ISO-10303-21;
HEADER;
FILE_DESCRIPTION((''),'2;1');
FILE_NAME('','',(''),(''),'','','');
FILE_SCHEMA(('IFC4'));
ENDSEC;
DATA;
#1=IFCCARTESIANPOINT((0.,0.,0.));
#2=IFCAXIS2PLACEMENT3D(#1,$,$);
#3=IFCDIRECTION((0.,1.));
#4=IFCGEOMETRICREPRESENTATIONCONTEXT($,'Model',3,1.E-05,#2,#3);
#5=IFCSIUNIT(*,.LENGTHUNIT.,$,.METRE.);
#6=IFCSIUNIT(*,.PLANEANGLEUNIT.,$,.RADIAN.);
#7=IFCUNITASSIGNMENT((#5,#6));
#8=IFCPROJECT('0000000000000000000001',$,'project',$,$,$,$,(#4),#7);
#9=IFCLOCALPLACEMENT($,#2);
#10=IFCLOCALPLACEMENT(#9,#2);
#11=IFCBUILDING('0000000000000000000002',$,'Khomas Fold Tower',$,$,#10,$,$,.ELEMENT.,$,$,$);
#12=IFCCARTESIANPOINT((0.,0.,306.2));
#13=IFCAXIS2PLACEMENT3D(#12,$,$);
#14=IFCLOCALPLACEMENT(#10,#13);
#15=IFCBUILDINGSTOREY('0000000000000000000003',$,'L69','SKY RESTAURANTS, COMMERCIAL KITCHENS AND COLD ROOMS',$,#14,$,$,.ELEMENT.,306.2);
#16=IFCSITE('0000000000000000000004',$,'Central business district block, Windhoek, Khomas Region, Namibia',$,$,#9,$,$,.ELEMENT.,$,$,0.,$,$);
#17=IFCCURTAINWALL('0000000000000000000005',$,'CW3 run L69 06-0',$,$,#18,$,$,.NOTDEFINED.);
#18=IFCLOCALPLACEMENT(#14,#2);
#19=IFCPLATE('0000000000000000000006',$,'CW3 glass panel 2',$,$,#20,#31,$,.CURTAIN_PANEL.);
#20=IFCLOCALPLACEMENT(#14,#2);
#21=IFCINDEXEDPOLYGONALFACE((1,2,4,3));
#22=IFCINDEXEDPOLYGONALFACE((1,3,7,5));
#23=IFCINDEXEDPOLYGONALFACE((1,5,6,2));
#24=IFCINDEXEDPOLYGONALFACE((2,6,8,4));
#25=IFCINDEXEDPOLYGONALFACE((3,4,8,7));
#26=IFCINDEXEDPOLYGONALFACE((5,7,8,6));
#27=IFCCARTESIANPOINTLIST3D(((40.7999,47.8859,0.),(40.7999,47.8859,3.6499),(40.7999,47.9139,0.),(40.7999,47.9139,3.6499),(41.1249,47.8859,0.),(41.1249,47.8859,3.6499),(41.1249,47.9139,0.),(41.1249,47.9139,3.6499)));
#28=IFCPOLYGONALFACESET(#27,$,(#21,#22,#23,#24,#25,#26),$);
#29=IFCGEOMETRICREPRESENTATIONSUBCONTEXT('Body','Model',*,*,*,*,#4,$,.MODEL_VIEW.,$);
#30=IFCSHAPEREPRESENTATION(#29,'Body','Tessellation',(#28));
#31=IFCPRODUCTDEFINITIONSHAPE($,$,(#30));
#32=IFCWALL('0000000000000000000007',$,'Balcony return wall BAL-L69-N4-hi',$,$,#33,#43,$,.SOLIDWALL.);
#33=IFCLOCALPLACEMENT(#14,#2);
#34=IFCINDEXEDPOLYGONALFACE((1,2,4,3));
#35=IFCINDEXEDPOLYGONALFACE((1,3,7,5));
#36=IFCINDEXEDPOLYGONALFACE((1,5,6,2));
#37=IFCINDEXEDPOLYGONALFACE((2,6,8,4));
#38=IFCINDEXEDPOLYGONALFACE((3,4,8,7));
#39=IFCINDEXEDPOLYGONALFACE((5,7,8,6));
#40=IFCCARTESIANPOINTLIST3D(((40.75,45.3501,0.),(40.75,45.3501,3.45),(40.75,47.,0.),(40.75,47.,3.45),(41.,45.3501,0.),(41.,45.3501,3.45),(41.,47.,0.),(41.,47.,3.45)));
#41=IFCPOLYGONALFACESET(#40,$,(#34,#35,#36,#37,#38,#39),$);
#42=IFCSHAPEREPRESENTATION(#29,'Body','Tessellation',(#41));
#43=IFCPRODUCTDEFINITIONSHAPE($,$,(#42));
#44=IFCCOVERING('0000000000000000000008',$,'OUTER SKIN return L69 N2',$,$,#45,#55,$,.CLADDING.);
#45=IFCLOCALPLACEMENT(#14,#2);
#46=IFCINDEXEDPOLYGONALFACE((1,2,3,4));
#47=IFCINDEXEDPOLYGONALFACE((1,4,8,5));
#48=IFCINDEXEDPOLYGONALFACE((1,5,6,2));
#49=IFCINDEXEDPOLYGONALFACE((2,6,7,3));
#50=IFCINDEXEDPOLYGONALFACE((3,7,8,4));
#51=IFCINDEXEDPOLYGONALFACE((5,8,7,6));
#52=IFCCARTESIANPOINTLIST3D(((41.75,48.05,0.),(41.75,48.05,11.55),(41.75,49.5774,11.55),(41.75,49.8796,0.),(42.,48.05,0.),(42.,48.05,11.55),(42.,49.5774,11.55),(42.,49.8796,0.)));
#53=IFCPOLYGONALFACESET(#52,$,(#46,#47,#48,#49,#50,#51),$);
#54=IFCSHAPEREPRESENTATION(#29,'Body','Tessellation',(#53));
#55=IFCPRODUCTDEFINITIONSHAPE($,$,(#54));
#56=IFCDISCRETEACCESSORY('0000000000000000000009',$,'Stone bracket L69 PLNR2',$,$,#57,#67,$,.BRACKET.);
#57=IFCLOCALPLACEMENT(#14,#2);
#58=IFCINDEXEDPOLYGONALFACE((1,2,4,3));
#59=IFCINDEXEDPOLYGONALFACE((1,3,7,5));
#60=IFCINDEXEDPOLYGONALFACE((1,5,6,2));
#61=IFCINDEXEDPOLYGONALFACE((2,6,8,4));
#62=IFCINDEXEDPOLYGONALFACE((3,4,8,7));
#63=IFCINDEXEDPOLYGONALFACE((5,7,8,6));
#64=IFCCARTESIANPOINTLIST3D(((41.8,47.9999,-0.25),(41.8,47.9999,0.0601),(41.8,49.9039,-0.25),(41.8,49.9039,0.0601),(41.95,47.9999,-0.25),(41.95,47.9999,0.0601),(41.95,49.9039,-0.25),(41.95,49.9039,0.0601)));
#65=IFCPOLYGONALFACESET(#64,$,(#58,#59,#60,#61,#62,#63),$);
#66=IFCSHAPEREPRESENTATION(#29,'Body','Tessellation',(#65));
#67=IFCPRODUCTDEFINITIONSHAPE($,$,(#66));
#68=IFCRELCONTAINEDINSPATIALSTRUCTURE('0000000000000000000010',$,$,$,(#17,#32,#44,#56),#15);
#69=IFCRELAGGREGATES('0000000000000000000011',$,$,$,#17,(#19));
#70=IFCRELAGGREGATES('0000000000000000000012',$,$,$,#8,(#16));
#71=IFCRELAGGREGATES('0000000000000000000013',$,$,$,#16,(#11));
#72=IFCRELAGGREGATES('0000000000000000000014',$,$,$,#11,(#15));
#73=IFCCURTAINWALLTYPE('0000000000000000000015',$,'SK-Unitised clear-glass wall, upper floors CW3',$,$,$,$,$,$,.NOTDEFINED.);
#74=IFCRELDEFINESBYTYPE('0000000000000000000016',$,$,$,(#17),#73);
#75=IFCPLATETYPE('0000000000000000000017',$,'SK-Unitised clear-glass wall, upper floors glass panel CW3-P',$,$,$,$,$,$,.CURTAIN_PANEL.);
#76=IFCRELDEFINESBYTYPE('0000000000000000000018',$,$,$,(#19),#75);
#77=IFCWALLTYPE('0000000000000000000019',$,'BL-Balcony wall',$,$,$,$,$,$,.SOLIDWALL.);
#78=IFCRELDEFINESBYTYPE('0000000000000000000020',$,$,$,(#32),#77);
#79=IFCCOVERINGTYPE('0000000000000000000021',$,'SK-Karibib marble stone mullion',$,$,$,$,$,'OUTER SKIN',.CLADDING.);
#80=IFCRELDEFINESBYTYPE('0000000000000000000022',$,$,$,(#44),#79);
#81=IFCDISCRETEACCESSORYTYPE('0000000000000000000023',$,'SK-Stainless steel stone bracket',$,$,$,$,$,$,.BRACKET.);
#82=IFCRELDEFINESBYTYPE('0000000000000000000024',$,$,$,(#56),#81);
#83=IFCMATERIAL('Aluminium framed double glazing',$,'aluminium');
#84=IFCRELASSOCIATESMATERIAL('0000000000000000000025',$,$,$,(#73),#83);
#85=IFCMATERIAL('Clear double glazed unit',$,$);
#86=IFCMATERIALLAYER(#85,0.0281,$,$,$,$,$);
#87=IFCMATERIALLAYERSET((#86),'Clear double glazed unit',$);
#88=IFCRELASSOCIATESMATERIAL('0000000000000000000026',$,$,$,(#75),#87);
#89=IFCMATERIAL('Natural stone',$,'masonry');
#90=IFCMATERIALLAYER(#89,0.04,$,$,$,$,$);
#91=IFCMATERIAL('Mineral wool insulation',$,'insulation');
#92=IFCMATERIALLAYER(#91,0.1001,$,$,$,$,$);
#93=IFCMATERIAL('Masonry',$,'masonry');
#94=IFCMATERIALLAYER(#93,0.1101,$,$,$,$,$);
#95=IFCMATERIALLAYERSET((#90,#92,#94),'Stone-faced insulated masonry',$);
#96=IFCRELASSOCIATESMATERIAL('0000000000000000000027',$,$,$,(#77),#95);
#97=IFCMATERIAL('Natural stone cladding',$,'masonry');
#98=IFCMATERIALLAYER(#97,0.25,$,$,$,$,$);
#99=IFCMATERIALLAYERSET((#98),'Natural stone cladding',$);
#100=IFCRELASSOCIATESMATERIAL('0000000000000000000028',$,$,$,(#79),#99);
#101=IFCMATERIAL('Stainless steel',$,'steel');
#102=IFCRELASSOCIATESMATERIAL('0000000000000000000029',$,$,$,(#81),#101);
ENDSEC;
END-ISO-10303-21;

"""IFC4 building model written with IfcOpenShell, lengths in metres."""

from ifc_helpers import new_model, si_unit, direction, frame, frame_2d, origin, origin_2d, place, context, subcontext, project, spatial, polyline, rectangle, outline, extrude, source, transform, mapped, material, layer, layer_set, type_object, element, aggregate, save


model = new_model("IFC4")

# Units and contexts
model_context = context("Model", 3, precision=1e-05, world=origin(), true_north=direction((0.0, 1.0)))
body_context = subcontext(model_context, "Body", "Model", "MODEL_VIEW")
ifc_project = project(units=[si_unit("LENGTHUNIT", "METRE"), si_unit("PLANEANGLEUNIT", "RADIAN")], contexts=[model_context])

# Site, building, storey
site_placement = place(None, origin())
site = spatial("IfcSite", under=ifc_project, at=site_placement, Name="Central business district block, Windhoek, Khomas Region, Namibia", CompositionType="ELEMENT", RefElevation=0.0)
building_placement = place(site_placement, origin())
building = spatial("IfcBuilding", under=site, at=building_placement, Name="Khomas Fold Tower", CompositionType="ELEMENT")
storey_placement = place(building_placement, frame((0.0, 0.0, 306.2)))
storey = spatial("IfcBuildingStorey", under=building, at=storey_placement, Name="L69", Description="SKY RESTAURANTS, COMMERCIAL KITCHENS AND COLD ROOMS", CompositionType="ELEMENT", Elevation=306.2)

# Curtain wall
ifc_material_1 = material(Name="Aluminium framed double glazing", Category="aluminium")
curtain_wall_type = type_object("IfcCurtainWallType", Name="SK-Unitised clear-glass wall, upper floors CW3", PredefinedType="NOTDEFINED", material=ifc_material_1)
curtain_wall_1_placement = place(storey_placement, origin())
curtain_wall_1 = element("IfcCurtainWall", 1, at=curtain_wall_1_placement, inside=storey, type_object=curtain_wall_type, Name="CW3 run L69 06-0", PredefinedType="NOTDEFINED")

# Plate
ifc_material_2 = material(Name="Clear double glazed unit")
ifc_layer_1 = layer(ifc_material_2, 0.0281)
ifc_layer_set_1 = layer_set([ifc_layer_1], Name="Clear double glazed unit")
plate_type = type_object("IfcPlateType", Name="SK-Unitised clear-glass wall, upper floors glass panel CW3-P", PredefinedType="CURTAIN_PANEL", material=ifc_layer_set_1)
shared_shape_1 = source(origin(), body_context, "Body", "SweptSolid", [
    extrude(rectangle(XDim=0.325, YDim=0.0281, at=origin_2d()), origin(), (0.0, 0.0, 1.0), 3.6499),
])
plate_1_placement = place(storey_placement, frame((40.9624, 47.8999, 0.0), z_axis=(0.0, 0.0, 1.0), x_axis=(-1.0, 0.0, 0.0)))
plate_1 = element("IfcPlate", 2, at=plate_1_placement, type_object=plate_type, Name="CW3 glass panel 2", PredefinedType="CURTAIN_PANEL", context=body_context, shape_type="MappedRepresentation", body=[
    mapped(shared_shape_1, transform((0.0, 0.0, 0.0))),
])
aggregate(curtain_wall_1, [plate_1])

# Wall
ifc_material_3 = material(Name="Natural stone", Category="masonry")
ifc_layer_2 = layer(ifc_material_3, 0.04)
ifc_material_4 = material(Name="Mineral wool insulation", Category="insulation")
ifc_layer_3 = layer(ifc_material_4, 0.1001)
ifc_material_5 = material(Name="Masonry", Category="masonry")
ifc_layer_4 = layer(ifc_material_5, 0.1101)
ifc_layer_set_2 = layer_set([ifc_layer_2, ifc_layer_3, ifc_layer_4], Name="Stone-faced insulated masonry")
wall_type = type_object("IfcWallType", Name="BL-Balcony wall", PredefinedType="SOLIDWALL", material=ifc_layer_set_2)
shared_shape_2 = source(origin(), body_context, "Body", "SweptSolid", [
    extrude(rectangle(XDim=1.6499, YDim=0.25, at=frame_2d((0.825, 0.0))), origin(), (0.0, 0.0, 1.0), 3.45),
])
wall_placement = place(storey_placement, frame((40.875, 47.0, 0.0), z_axis=(0.0, 0.0, 1.0), x_axis=(0.0, -1.0, 0.0)))
element("IfcWall", 3, at=wall_placement, inside=storey, type_object=wall_type, Name="Balcony return wall BAL-L69-N4-hi", PredefinedType="SOLIDWALL", context=body_context, shape_type="MappedRepresentation", body=[
    mapped(shared_shape_2, transform((0.0, 0.0, 0.0))),
])

# Covering
ifc_material_6 = material(Name="Natural stone cladding", Category="masonry")
ifc_layer_5 = layer(ifc_material_6, 0.25)
ifc_layer_set_3 = layer_set([ifc_layer_5], Name="Natural stone cladding")
covering_type = type_object("IfcCoveringType", Name="SK-Karibib marble stone mullion", ElementType="OUTER SKIN", PredefinedType="CLADDING", material=ifc_layer_set_3)
covering_placement = place(storey_placement, frame((42.0, 48.05, 0.0), z_axis=(1.0, 0.0, 0.0), x_axis=(0.0, 1.0, 0.0)))
element("IfcCovering", 4, at=covering_placement, inside=storey, type_object=covering_type, Name="OUTER SKIN return L69 N2", PredefinedType="CLADDING", context=body_context, shape_type="SweptSolid", body=[
    extrude(outline(polyline([(0.0, 0.0), (1.8296, 0.0), (1.5273, 11.55), (0.0, 11.55), (0.0, 0.0)])), origin(), (0.0, 0.0, -1.0), 0.25),
])

# Discrete accessory
ifc_material_7 = material(Name="Stainless steel", Category="steel")
discrete_accessory_type = type_object("IfcDiscreteAccessoryType", Name="SK-Stainless steel stone bracket", PredefinedType="BRACKET", material=ifc_material_7)
shared_shape_3 = source(origin(), body_context, "Body", "SweptSolid", [
    extrude(rectangle(XDim=1.9041, YDim=0.1499, at=origin_2d()), origin(), (0.0, 0.0, 1.0), 0.3101),
])
discrete_accessory_placement = place(storey_placement, frame((41.875, 48.9519, -0.25), z_axis=(0.0, 0.0, 1.0), x_axis=(0.0, 1.0, 0.0)))
element("IfcDiscreteAccessory", 5, at=discrete_accessory_placement, inside=storey, type_object=discrete_accessory_type, Name="Stone bracket L69 PLNR2", PredefinedType="BRACKET", context=body_context, shape_type="MappedRepresentation", body=[
    mapped(shared_shape_3, transform((0.0, 0.0, 0.0))),
])

save(model, "model.ifc")
